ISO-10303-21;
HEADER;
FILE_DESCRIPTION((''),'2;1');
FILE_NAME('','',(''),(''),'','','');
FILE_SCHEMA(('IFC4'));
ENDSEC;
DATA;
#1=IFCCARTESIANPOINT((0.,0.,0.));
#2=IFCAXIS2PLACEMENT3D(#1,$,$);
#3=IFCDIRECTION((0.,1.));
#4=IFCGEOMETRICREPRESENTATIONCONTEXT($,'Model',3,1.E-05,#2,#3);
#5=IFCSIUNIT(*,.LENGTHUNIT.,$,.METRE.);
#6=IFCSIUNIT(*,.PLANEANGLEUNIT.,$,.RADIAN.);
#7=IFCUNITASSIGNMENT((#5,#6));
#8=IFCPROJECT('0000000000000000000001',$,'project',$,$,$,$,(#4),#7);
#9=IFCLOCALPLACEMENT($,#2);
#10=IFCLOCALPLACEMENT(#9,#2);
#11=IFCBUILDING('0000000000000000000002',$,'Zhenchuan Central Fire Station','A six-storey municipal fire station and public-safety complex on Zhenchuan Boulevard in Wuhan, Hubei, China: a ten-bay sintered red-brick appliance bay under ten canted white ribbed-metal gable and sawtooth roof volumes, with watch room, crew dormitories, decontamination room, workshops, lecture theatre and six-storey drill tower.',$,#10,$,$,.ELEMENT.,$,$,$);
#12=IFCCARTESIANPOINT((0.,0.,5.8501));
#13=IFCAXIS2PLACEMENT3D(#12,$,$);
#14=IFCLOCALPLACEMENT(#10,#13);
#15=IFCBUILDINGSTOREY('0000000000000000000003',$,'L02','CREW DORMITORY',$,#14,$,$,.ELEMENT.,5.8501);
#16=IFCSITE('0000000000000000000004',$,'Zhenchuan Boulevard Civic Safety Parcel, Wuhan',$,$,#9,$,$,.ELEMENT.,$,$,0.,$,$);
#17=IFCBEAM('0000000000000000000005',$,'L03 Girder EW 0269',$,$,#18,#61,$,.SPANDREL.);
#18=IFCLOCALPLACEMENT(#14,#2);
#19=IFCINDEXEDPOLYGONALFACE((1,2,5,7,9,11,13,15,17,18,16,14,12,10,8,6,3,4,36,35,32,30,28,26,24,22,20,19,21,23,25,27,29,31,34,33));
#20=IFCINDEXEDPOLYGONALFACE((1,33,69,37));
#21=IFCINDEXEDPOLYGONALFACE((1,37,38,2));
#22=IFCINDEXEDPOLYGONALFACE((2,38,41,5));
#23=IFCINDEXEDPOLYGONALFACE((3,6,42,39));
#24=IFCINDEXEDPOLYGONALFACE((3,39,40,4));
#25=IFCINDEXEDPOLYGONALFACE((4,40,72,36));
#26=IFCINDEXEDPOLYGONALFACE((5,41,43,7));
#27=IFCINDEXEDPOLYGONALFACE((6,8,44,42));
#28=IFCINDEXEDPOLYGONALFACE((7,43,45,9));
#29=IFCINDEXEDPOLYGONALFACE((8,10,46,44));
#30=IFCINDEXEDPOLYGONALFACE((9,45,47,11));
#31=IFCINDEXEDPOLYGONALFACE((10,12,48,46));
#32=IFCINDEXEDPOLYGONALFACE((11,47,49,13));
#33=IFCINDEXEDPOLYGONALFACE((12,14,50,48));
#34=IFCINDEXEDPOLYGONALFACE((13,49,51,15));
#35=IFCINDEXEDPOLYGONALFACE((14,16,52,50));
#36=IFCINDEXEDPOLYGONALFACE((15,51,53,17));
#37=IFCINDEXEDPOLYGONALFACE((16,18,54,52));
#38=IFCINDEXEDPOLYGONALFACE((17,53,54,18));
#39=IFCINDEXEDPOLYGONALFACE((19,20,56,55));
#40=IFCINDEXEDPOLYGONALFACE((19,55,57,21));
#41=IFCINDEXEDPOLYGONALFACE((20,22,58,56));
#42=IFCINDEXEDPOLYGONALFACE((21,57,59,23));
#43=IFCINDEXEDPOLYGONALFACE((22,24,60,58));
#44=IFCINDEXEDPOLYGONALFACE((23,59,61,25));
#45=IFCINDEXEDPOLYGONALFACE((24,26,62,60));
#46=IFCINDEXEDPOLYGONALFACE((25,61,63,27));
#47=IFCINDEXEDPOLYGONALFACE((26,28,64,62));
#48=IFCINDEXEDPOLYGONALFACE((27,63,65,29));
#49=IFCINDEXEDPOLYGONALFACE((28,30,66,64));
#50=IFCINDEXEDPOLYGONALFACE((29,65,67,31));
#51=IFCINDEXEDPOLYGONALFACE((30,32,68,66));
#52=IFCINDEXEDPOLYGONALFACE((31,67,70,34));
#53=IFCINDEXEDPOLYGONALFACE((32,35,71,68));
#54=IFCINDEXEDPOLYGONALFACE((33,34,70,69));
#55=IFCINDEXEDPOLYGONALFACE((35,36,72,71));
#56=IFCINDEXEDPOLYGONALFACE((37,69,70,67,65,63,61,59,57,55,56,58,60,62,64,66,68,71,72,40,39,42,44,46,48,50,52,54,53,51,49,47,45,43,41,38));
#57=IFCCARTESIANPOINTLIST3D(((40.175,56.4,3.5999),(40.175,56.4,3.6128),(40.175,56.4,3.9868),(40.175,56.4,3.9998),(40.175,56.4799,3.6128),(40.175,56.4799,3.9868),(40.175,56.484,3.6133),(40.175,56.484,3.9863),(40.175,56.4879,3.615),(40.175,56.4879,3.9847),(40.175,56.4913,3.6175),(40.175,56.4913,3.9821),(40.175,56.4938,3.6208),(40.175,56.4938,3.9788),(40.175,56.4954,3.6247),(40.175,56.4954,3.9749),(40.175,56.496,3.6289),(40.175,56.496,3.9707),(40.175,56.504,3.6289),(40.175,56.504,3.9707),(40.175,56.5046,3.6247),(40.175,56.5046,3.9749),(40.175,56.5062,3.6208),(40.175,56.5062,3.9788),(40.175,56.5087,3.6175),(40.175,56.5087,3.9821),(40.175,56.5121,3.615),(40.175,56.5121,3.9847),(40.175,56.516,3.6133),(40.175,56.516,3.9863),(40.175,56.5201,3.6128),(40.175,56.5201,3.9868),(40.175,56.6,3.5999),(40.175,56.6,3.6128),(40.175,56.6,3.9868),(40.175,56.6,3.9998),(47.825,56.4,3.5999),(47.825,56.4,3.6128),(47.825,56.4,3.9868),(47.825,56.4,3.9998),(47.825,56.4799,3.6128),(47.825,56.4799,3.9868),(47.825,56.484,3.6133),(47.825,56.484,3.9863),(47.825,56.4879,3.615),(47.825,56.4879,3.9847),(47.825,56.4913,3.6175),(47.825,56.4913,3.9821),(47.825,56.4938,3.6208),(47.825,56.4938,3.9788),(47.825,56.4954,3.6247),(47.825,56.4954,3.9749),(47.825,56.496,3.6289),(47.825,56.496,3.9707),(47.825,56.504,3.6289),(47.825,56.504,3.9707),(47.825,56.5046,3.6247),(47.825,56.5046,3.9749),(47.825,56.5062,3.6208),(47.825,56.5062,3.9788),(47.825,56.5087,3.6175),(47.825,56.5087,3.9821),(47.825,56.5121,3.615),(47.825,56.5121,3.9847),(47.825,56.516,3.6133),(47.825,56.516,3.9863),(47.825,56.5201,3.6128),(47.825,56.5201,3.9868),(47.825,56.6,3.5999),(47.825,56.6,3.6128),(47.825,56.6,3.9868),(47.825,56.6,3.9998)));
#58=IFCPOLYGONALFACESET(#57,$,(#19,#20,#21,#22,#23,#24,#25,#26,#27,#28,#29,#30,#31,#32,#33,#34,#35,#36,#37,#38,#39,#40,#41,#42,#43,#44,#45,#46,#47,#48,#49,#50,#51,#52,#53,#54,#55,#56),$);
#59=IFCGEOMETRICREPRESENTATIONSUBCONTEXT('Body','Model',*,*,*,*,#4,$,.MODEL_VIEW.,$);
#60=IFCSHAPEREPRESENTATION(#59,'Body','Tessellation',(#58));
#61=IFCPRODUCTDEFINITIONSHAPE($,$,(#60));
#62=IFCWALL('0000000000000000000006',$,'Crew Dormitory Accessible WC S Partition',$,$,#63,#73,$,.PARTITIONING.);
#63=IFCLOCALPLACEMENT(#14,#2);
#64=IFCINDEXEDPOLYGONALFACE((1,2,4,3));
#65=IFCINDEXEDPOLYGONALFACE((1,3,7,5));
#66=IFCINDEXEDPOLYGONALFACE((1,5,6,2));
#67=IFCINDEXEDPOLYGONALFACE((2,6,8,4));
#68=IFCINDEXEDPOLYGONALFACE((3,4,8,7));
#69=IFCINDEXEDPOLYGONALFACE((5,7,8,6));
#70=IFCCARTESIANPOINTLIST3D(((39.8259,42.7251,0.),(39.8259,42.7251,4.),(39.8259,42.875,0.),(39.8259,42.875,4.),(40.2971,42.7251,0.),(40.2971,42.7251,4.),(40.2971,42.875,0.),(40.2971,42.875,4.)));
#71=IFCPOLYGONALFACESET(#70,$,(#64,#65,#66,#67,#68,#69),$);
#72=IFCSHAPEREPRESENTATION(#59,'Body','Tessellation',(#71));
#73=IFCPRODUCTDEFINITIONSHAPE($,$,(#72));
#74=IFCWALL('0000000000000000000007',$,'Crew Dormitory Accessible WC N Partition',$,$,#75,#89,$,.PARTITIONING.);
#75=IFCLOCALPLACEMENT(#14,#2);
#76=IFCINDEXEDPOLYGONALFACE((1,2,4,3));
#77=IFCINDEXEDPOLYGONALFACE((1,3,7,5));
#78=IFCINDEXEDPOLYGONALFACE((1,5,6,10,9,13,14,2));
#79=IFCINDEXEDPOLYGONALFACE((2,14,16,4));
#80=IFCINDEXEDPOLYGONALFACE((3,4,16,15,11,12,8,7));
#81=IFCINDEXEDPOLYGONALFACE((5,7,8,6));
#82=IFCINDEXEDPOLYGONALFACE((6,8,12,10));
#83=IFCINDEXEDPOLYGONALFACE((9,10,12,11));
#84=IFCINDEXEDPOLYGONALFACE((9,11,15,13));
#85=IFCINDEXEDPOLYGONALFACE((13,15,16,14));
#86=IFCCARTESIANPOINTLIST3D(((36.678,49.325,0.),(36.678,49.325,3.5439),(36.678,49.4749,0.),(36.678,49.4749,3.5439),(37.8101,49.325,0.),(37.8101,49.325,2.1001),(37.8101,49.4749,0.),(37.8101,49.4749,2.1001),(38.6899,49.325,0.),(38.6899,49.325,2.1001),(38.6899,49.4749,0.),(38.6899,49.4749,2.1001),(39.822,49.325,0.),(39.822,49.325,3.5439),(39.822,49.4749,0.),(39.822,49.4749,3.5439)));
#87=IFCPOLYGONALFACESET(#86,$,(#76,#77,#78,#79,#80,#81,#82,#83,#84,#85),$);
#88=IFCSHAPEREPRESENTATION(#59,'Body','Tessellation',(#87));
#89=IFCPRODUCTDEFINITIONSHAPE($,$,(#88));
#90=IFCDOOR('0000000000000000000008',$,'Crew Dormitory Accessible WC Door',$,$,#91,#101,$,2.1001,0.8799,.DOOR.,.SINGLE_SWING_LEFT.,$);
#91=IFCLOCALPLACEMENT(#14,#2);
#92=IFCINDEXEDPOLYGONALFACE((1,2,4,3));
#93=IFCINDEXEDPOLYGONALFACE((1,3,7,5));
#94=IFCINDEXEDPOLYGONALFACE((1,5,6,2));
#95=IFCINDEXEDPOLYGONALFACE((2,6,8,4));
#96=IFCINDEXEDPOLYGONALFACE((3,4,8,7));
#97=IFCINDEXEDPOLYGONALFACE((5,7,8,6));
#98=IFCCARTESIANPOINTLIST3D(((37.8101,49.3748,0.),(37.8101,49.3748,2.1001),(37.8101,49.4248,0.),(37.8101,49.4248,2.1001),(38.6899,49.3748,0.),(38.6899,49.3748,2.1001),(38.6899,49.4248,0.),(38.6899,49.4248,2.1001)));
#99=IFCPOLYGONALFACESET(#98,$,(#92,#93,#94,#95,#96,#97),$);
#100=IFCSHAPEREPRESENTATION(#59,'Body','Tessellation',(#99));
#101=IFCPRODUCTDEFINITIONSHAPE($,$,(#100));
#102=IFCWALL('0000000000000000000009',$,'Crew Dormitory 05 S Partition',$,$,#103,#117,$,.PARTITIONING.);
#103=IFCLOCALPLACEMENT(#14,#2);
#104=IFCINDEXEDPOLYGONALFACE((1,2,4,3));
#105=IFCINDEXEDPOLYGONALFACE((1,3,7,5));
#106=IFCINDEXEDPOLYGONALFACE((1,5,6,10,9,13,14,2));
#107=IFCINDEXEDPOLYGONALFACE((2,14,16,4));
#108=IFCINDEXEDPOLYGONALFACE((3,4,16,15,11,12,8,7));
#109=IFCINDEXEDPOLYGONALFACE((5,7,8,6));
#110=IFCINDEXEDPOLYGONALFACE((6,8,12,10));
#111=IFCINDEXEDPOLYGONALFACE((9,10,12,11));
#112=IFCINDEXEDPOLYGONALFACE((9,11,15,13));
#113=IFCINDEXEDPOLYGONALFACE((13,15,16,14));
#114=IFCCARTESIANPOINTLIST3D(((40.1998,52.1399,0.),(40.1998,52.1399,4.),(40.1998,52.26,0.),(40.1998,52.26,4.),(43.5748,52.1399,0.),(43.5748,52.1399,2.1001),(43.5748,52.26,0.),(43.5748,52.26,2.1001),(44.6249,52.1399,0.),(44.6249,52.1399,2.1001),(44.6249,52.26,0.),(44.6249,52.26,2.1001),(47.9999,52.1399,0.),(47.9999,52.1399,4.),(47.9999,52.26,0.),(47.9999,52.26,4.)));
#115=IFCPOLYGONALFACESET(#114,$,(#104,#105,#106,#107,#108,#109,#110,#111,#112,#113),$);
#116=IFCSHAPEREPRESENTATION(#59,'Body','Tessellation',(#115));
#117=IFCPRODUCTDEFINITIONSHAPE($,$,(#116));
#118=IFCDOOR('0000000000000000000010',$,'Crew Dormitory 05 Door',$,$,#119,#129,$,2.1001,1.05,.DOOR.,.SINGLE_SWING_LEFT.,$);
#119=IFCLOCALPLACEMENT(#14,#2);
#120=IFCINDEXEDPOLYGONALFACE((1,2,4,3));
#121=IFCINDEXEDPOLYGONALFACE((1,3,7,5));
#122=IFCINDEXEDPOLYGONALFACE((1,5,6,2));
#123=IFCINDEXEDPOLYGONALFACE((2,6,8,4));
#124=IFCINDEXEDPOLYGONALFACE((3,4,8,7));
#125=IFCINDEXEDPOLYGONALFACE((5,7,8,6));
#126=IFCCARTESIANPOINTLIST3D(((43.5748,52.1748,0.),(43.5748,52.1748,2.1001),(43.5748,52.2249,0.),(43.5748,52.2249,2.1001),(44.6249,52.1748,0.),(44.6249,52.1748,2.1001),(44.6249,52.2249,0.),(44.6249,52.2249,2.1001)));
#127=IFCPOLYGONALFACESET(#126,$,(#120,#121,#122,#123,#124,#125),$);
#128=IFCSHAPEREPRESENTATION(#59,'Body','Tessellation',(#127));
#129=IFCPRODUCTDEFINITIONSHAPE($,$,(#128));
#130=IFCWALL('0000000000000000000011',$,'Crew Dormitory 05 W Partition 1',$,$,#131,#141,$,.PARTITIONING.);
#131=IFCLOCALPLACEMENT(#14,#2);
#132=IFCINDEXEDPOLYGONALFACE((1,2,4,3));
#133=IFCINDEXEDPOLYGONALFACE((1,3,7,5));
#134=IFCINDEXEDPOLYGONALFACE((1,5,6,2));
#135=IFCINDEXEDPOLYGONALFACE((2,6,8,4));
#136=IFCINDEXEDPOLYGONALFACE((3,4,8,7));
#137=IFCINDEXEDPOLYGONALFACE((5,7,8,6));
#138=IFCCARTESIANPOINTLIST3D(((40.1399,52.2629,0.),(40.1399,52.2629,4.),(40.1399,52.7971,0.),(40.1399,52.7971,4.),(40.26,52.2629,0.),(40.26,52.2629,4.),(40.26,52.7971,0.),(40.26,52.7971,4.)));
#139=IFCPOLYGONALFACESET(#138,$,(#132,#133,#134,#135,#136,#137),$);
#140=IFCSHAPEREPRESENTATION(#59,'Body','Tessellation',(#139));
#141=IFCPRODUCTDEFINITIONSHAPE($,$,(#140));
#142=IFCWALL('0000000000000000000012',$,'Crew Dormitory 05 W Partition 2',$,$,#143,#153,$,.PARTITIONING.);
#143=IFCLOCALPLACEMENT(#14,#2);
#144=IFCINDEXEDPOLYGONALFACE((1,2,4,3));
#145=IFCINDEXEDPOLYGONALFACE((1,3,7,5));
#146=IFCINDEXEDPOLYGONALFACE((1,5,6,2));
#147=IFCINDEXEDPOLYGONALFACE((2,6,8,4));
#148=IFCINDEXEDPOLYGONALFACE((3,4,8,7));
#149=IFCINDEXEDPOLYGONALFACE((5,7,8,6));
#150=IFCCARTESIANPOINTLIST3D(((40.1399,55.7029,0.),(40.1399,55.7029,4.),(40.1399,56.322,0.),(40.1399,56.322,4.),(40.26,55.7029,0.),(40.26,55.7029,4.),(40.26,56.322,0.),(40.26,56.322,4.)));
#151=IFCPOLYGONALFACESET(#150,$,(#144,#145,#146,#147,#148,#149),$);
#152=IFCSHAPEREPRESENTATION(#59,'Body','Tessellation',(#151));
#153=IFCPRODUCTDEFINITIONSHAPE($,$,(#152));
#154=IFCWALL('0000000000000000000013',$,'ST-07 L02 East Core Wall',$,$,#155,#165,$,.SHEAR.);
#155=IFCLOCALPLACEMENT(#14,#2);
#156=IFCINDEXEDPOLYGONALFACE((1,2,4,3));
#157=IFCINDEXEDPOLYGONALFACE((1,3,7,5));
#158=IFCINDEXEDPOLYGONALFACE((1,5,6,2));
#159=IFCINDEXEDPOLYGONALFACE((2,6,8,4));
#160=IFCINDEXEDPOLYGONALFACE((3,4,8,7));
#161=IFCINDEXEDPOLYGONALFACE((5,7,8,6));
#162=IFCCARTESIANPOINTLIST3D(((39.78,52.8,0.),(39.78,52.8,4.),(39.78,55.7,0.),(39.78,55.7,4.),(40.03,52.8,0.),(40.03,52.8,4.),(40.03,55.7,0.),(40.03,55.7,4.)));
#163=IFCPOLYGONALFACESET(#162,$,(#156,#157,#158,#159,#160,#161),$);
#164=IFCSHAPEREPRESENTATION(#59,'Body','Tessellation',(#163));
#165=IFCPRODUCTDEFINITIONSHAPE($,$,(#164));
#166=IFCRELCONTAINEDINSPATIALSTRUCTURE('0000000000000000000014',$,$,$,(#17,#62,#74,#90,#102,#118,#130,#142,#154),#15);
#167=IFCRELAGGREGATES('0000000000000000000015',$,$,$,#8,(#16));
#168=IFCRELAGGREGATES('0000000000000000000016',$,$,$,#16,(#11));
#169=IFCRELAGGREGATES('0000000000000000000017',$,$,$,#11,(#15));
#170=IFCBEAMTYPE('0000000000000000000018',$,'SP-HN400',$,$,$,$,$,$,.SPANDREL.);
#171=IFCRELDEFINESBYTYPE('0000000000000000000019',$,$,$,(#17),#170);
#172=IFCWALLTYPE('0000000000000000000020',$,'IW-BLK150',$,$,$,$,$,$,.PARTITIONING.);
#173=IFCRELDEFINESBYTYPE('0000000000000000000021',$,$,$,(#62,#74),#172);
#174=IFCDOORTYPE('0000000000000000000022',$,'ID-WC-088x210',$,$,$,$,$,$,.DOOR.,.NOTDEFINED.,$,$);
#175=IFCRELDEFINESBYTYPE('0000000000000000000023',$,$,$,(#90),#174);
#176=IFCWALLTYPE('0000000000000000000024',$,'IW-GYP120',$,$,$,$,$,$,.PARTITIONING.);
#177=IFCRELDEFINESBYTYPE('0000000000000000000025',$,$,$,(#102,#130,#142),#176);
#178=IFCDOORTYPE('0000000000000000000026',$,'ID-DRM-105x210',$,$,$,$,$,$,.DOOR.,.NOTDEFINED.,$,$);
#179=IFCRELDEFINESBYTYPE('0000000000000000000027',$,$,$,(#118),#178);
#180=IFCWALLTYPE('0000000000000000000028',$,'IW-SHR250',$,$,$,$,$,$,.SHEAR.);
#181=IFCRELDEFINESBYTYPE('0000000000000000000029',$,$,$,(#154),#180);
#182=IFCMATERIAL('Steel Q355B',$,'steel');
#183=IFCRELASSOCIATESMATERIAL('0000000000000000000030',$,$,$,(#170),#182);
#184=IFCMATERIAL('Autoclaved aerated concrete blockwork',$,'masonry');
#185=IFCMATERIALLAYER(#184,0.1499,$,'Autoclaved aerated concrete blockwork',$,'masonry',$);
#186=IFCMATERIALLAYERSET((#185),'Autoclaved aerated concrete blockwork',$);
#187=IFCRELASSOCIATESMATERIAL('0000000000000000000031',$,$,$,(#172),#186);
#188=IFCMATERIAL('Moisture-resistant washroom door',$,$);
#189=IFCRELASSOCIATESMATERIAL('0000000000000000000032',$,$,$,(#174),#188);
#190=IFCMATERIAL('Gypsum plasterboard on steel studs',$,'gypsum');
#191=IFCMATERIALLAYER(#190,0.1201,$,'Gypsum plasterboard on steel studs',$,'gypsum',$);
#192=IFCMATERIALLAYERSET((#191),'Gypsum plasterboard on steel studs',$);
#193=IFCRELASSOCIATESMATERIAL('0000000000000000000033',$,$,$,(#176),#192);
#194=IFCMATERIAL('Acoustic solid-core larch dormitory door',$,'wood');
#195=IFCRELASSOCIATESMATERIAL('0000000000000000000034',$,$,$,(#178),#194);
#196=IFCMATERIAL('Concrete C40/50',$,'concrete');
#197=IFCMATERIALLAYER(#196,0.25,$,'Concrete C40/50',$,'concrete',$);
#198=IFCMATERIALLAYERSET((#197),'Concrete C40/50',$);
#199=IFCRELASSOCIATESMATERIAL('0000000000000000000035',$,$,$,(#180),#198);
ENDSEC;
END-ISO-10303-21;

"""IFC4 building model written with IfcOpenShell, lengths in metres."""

from ifc_helpers import new_model, si_unit, direction, frame, frame_2d, origin, origin_2d, place, context, subcontext, project, spatial, rectangle, i_section, extrude, material, layer, layer_set, material_profile, profile_set, type_object, element, fill, save


model = new_model("IFC4")

# Units and contexts
model_context = context("Model", 3, precision=1e-05, world=origin(), true_north=direction((0.0, 1.0)))
body_context = subcontext(model_context, "Body", "Model", "MODEL_VIEW")
ifc_project = project(units=[si_unit("LENGTHUNIT", "METRE"), si_unit("PLANEANGLEUNIT", "RADIAN")], contexts=[model_context])

# Site, building, storey
site_placement = place(None, origin())
site = spatial("IfcSite", under=ifc_project, at=site_placement, Name="Zhenchuan Boulevard Civic Safety Parcel, Wuhan", CompositionType="ELEMENT", RefElevation=0.0)
building_placement = place(site_placement, origin())
building = spatial("IfcBuilding", under=site, at=building_placement, Name="Zhenchuan Central Fire Station", Description="A six-storey municipal fire station and public-safety complex on Zhenchuan Boulevard in Wuhan, Hubei, China: a ten-bay sintered red-brick appliance bay under ten canted white ribbed-metal gable and sawtooth roof volumes, with watch room, crew dormitories, decontamination room, workshops, lecture theatre and six-storey drill tower.", CompositionType="ELEMENT")
storey_placement = place(building_placement, frame((0.0, 0.0, 5.8501)))
storey = spatial("IfcBuildingStorey", under=building, at=storey_placement, Name="L02", Description="CREW DORMITORY", CompositionType="ELEMENT", Elevation=5.8501)

# Shared definitions
ifc_material_1 = material(Name="Steel Q355B", Category="steel")

# Beam
ifc_material_profile_1 = material_profile(ifc_material_1, i_section(OverallWidth=0.2, OverallDepth=0.3999, WebThickness=0.0081, FlangeThickness=0.0129, FilletRadius=0.0161, at=origin_2d()), Name="HN 400x200")
ifc_profile_set_1 = profile_set([ifc_material_profile_1], Name="Steel Q355B")
beam_type_1 = type_object("IfcBeamType", Name="SP-HN400", PredefinedType="SPANDREL", material=ifc_profile_set_1)
beam_1_placement = place(storey_placement, frame((40.175, 56.5, 3.7998), z_axis=(1.0, 0.0, 0.0), x_axis=(0.0, 1.0, 0.0)))
element("IfcBeam", 1, at=beam_1_placement, inside=storey, type_object=beam_type_1, Name="L03 Girder EW 0269", PredefinedType="SPANDREL", context=body_context, shape_type="SweptSolid", body=[
    extrude(i_section(OverallWidth=0.2, OverallDepth=0.3999, WebThickness=0.0081, FlangeThickness=0.0129, FilletRadius=0.0161, at=origin_2d()), origin(), (0.0, 0.0, 1.0), 7.6499),
])

# Wall
ifc_material_2 = material(Name="Autoclaved aerated concrete blockwork", Category="masonry")
ifc_layer_1 = layer(ifc_material_2, 0.1499, Name="Autoclaved aerated concrete blockwork", Category="masonry")
ifc_layer_set_1 = layer_set([ifc_layer_1], Name="Autoclaved aerated concrete blockwork")
wall_type_1 = type_object("IfcWallType", Name="IW-BLK150", PredefinedType="PARTITIONING", material=ifc_layer_set_1)
wall_1_placement = place(storey_placement, frame((39.8259, 42.8, 0.0), z_axis=(0.0, 0.0, 1.0), x_axis=(1.0, 0.0, 0.0)))
element("IfcWall", 2, at=wall_1_placement, inside=storey, type_object=wall_type_1, Name="Crew Dormitory Accessible WC S Partition", PredefinedType="PARTITIONING", context=body_context, shape_type="SweptSolid", body=[
    extrude(rectangle(XDim=0.4712, YDim=0.1499, at=frame_2d((0.2356, 0.0))), origin(), (0.0, 0.0, 1.0), 4.0),
])

# Walls, openings, doors
wall_2_placement = place(storey_placement, frame((36.678, 49.3999, 0.0), z_axis=(0.0, 0.0, 1.0), x_axis=(1.0, 0.0, 0.0)))
wall_2 = element("IfcWall", 3, at=wall_2_placement, inside=storey, type_object=wall_type_1, Name="Crew Dormitory Accessible WC N Partition", PredefinedType="PARTITIONING", context=body_context, shape_type="SweptSolid", body=[
    extrude(rectangle(XDim=3.144, YDim=0.1499, at=frame_2d((1.572, 0.0))), origin(), (0.0, 0.0, 1.0), 3.5439),
])
opening_1_placement = place(wall_2_placement, frame((1.1321, 0.0, 0.0)))
opening_1 = element("IfcOpeningElement", 4, at=opening_1_placement, cuts=wall_2, PredefinedType="OPENING", context=body_context, shape_type="SweptSolid", body=[
    extrude(rectangle(XDim=0.8799, YDim=2.1001, at=frame_2d((0.4399, 1.05))), frame((0.0, 0.085, 0.0), z_axis=(0.0, -1.0, 0.0), x_axis=(1.0, 0.0, 0.0)), (0.0, 0.0, 1.0), 0.1699),
])
ifc_material_3 = material(Name="Moisture-resistant washroom door")
door_type_1 = type_object("IfcDoorType", Name="ID-WC-088x210", OperationType="NOTDEFINED", PredefinedType="DOOR", material=ifc_material_3)
door_1_placement = place(opening_1_placement, origin())
door_1 = element("IfcDoor", 5, at=door_1_placement, inside=storey, type_object=door_type_1, Name="Crew Dormitory Accessible WC Door", OperationType="SINGLE_SWING_LEFT", OverallHeight=2.1001, OverallWidth=0.8799, PredefinedType="DOOR", context=body_context, shape_type="SweptSolid", body=[
    extrude(rectangle(XDim=0.8799, YDim=2.1001, at=frame_2d((0.4399, 1.05))), frame((0.0, 0.0249, 0.0), z_axis=(0.0, -1.0, 0.0), x_axis=(1.0, 0.0, 0.0)), (0.0, 0.0, 1.0), 0.05),
])
fill(opening_1, door_1)
ifc_material_4 = material(Name="Gypsum plasterboard on steel studs", Category="gypsum")
ifc_layer_2 = layer(ifc_material_4, 0.1201, Name="Gypsum plasterboard on steel studs", Category="gypsum")
ifc_layer_set_2 = layer_set([ifc_layer_2], Name="Gypsum plasterboard on steel studs")
wall_type_2 = type_object("IfcWallType", Name="IW-GYP120", PredefinedType="PARTITIONING", material=ifc_layer_set_2)
wall_3_placement = place(storey_placement, frame((40.2, 52.2, 0.0), z_axis=(0.0, 0.0, 1.0), x_axis=(1.0, 0.0, 0.0)))
wall_3 = element("IfcWall", 6, at=wall_3_placement, inside=storey, type_object=wall_type_2, Name="Crew Dormitory 05 S Partition", PredefinedType="PARTITIONING", context=body_context, shape_type="SweptSolid", body=[
    extrude(rectangle(XDim=7.8, YDim=0.1201, at=frame_2d((3.8999, 0.0))), origin(), (0.0, 0.0, 1.0), 4.0),
])
opening_2_placement = place(wall_3_placement, frame((3.375, 0.0, 0.0)))
opening_2 = element("IfcOpeningElement", 7, at=opening_2_placement, cuts=wall_3, PredefinedType="OPENING", context=body_context, shape_type="SweptSolid", body=[
    extrude(rectangle(XDim=1.05, YDim=2.1001, at=frame_2d((0.5249, 1.05))), frame((0.0, 0.0701, 0.0), z_axis=(0.0, -1.0, 0.0), x_axis=(1.0, 0.0, 0.0)), (0.0, 0.0, 1.0), 0.1401),
])
ifc_material_5 = material(Name="Acoustic solid-core larch dormitory door", Category="wood")
door_type_2 = type_object("IfcDoorType", Name="ID-DRM-105x210", OperationType="NOTDEFINED", PredefinedType="DOOR", material=ifc_material_5)
door_2_placement = place(opening_2_placement, origin())
door_2 = element("IfcDoor", 8, at=door_2_placement, inside=storey, type_object=door_type_2, Name="Crew Dormitory 05 Door", OperationType="SINGLE_SWING_LEFT", OverallHeight=2.1001, OverallWidth=1.05, PredefinedType="DOOR", context=body_context, shape_type="SweptSolid", body=[
    extrude(rectangle(XDim=1.05, YDim=2.1001, at=frame_2d((0.5249, 1.05))), frame((0.0, 0.0249, 0.0), z_axis=(0.0, -1.0, 0.0), x_axis=(1.0, 0.0, 0.0)), (0.0, 0.0, 1.0), 0.05),
])
fill(opening_2, door_2)

# Walls
wall_4_placement = place(storey_placement, frame((40.2, 52.2629, 0.0), z_axis=(0.0, 0.0, 1.0), x_axis=(0.0, 1.0, 0.0)))
element("IfcWall", 9, at=wall_4_placement, inside=storey, type_object=wall_type_2, Name="Crew Dormitory 05 W Partition 1", PredefinedType="PARTITIONING", context=body_context, shape_type="SweptSolid", body=[
    extrude(rectangle(XDim=0.5342, YDim=0.1201, at=frame_2d((0.2671, 0.0))), origin(), (0.0, 0.0, 1.0), 4.0),
])
wall_5_placement = place(storey_placement, frame((40.2, 55.7029, 0.0), z_axis=(0.0, 0.0, 1.0), x_axis=(0.0, 1.0, 0.0)))
element("IfcWall", 10, at=wall_5_placement, inside=storey, type_object=wall_type_2, Name="Crew Dormitory 05 W Partition 2", PredefinedType="PARTITIONING", context=body_context, shape_type="SweptSolid", body=[
    extrude(rectangle(XDim=0.6191, YDim=0.1201, at=frame_2d((0.3096, 0.0))), origin(), (0.0, 0.0, 1.0), 4.0),
])
ifc_material_6 = material(Name="Concrete C40/50", Category="concrete")
ifc_layer_3 = layer(ifc_material_6, 0.25, Name="Concrete C40/50", Category="concrete")
ifc_layer_set_3 = layer_set([ifc_layer_3], Name="Concrete C40/50")
wall_type_3 = type_object("IfcWallType", Name="IW-SHR250", PredefinedType="SHEAR", material=ifc_layer_set_3)
wall_6_placement = place(storey_placement, frame((39.905, 52.8, 0.0), z_axis=(0.0, 0.0, 1.0), x_axis=(0.0, 1.0, 0.0)))
element("IfcWall", 11, at=wall_6_placement, inside=storey, type_object=wall_type_3, Name="ST-07 L02 East Core Wall", PredefinedType="SHEAR", context=body_context, shape_type="SweptSolid", body=[
    extrude(rectangle(XDim=2.8999, YDim=0.25, at=frame_2d((1.45, 0.0))), origin(), (0.0, 0.0, 1.0), 4.0),
])

save(model, "model.ifc")
